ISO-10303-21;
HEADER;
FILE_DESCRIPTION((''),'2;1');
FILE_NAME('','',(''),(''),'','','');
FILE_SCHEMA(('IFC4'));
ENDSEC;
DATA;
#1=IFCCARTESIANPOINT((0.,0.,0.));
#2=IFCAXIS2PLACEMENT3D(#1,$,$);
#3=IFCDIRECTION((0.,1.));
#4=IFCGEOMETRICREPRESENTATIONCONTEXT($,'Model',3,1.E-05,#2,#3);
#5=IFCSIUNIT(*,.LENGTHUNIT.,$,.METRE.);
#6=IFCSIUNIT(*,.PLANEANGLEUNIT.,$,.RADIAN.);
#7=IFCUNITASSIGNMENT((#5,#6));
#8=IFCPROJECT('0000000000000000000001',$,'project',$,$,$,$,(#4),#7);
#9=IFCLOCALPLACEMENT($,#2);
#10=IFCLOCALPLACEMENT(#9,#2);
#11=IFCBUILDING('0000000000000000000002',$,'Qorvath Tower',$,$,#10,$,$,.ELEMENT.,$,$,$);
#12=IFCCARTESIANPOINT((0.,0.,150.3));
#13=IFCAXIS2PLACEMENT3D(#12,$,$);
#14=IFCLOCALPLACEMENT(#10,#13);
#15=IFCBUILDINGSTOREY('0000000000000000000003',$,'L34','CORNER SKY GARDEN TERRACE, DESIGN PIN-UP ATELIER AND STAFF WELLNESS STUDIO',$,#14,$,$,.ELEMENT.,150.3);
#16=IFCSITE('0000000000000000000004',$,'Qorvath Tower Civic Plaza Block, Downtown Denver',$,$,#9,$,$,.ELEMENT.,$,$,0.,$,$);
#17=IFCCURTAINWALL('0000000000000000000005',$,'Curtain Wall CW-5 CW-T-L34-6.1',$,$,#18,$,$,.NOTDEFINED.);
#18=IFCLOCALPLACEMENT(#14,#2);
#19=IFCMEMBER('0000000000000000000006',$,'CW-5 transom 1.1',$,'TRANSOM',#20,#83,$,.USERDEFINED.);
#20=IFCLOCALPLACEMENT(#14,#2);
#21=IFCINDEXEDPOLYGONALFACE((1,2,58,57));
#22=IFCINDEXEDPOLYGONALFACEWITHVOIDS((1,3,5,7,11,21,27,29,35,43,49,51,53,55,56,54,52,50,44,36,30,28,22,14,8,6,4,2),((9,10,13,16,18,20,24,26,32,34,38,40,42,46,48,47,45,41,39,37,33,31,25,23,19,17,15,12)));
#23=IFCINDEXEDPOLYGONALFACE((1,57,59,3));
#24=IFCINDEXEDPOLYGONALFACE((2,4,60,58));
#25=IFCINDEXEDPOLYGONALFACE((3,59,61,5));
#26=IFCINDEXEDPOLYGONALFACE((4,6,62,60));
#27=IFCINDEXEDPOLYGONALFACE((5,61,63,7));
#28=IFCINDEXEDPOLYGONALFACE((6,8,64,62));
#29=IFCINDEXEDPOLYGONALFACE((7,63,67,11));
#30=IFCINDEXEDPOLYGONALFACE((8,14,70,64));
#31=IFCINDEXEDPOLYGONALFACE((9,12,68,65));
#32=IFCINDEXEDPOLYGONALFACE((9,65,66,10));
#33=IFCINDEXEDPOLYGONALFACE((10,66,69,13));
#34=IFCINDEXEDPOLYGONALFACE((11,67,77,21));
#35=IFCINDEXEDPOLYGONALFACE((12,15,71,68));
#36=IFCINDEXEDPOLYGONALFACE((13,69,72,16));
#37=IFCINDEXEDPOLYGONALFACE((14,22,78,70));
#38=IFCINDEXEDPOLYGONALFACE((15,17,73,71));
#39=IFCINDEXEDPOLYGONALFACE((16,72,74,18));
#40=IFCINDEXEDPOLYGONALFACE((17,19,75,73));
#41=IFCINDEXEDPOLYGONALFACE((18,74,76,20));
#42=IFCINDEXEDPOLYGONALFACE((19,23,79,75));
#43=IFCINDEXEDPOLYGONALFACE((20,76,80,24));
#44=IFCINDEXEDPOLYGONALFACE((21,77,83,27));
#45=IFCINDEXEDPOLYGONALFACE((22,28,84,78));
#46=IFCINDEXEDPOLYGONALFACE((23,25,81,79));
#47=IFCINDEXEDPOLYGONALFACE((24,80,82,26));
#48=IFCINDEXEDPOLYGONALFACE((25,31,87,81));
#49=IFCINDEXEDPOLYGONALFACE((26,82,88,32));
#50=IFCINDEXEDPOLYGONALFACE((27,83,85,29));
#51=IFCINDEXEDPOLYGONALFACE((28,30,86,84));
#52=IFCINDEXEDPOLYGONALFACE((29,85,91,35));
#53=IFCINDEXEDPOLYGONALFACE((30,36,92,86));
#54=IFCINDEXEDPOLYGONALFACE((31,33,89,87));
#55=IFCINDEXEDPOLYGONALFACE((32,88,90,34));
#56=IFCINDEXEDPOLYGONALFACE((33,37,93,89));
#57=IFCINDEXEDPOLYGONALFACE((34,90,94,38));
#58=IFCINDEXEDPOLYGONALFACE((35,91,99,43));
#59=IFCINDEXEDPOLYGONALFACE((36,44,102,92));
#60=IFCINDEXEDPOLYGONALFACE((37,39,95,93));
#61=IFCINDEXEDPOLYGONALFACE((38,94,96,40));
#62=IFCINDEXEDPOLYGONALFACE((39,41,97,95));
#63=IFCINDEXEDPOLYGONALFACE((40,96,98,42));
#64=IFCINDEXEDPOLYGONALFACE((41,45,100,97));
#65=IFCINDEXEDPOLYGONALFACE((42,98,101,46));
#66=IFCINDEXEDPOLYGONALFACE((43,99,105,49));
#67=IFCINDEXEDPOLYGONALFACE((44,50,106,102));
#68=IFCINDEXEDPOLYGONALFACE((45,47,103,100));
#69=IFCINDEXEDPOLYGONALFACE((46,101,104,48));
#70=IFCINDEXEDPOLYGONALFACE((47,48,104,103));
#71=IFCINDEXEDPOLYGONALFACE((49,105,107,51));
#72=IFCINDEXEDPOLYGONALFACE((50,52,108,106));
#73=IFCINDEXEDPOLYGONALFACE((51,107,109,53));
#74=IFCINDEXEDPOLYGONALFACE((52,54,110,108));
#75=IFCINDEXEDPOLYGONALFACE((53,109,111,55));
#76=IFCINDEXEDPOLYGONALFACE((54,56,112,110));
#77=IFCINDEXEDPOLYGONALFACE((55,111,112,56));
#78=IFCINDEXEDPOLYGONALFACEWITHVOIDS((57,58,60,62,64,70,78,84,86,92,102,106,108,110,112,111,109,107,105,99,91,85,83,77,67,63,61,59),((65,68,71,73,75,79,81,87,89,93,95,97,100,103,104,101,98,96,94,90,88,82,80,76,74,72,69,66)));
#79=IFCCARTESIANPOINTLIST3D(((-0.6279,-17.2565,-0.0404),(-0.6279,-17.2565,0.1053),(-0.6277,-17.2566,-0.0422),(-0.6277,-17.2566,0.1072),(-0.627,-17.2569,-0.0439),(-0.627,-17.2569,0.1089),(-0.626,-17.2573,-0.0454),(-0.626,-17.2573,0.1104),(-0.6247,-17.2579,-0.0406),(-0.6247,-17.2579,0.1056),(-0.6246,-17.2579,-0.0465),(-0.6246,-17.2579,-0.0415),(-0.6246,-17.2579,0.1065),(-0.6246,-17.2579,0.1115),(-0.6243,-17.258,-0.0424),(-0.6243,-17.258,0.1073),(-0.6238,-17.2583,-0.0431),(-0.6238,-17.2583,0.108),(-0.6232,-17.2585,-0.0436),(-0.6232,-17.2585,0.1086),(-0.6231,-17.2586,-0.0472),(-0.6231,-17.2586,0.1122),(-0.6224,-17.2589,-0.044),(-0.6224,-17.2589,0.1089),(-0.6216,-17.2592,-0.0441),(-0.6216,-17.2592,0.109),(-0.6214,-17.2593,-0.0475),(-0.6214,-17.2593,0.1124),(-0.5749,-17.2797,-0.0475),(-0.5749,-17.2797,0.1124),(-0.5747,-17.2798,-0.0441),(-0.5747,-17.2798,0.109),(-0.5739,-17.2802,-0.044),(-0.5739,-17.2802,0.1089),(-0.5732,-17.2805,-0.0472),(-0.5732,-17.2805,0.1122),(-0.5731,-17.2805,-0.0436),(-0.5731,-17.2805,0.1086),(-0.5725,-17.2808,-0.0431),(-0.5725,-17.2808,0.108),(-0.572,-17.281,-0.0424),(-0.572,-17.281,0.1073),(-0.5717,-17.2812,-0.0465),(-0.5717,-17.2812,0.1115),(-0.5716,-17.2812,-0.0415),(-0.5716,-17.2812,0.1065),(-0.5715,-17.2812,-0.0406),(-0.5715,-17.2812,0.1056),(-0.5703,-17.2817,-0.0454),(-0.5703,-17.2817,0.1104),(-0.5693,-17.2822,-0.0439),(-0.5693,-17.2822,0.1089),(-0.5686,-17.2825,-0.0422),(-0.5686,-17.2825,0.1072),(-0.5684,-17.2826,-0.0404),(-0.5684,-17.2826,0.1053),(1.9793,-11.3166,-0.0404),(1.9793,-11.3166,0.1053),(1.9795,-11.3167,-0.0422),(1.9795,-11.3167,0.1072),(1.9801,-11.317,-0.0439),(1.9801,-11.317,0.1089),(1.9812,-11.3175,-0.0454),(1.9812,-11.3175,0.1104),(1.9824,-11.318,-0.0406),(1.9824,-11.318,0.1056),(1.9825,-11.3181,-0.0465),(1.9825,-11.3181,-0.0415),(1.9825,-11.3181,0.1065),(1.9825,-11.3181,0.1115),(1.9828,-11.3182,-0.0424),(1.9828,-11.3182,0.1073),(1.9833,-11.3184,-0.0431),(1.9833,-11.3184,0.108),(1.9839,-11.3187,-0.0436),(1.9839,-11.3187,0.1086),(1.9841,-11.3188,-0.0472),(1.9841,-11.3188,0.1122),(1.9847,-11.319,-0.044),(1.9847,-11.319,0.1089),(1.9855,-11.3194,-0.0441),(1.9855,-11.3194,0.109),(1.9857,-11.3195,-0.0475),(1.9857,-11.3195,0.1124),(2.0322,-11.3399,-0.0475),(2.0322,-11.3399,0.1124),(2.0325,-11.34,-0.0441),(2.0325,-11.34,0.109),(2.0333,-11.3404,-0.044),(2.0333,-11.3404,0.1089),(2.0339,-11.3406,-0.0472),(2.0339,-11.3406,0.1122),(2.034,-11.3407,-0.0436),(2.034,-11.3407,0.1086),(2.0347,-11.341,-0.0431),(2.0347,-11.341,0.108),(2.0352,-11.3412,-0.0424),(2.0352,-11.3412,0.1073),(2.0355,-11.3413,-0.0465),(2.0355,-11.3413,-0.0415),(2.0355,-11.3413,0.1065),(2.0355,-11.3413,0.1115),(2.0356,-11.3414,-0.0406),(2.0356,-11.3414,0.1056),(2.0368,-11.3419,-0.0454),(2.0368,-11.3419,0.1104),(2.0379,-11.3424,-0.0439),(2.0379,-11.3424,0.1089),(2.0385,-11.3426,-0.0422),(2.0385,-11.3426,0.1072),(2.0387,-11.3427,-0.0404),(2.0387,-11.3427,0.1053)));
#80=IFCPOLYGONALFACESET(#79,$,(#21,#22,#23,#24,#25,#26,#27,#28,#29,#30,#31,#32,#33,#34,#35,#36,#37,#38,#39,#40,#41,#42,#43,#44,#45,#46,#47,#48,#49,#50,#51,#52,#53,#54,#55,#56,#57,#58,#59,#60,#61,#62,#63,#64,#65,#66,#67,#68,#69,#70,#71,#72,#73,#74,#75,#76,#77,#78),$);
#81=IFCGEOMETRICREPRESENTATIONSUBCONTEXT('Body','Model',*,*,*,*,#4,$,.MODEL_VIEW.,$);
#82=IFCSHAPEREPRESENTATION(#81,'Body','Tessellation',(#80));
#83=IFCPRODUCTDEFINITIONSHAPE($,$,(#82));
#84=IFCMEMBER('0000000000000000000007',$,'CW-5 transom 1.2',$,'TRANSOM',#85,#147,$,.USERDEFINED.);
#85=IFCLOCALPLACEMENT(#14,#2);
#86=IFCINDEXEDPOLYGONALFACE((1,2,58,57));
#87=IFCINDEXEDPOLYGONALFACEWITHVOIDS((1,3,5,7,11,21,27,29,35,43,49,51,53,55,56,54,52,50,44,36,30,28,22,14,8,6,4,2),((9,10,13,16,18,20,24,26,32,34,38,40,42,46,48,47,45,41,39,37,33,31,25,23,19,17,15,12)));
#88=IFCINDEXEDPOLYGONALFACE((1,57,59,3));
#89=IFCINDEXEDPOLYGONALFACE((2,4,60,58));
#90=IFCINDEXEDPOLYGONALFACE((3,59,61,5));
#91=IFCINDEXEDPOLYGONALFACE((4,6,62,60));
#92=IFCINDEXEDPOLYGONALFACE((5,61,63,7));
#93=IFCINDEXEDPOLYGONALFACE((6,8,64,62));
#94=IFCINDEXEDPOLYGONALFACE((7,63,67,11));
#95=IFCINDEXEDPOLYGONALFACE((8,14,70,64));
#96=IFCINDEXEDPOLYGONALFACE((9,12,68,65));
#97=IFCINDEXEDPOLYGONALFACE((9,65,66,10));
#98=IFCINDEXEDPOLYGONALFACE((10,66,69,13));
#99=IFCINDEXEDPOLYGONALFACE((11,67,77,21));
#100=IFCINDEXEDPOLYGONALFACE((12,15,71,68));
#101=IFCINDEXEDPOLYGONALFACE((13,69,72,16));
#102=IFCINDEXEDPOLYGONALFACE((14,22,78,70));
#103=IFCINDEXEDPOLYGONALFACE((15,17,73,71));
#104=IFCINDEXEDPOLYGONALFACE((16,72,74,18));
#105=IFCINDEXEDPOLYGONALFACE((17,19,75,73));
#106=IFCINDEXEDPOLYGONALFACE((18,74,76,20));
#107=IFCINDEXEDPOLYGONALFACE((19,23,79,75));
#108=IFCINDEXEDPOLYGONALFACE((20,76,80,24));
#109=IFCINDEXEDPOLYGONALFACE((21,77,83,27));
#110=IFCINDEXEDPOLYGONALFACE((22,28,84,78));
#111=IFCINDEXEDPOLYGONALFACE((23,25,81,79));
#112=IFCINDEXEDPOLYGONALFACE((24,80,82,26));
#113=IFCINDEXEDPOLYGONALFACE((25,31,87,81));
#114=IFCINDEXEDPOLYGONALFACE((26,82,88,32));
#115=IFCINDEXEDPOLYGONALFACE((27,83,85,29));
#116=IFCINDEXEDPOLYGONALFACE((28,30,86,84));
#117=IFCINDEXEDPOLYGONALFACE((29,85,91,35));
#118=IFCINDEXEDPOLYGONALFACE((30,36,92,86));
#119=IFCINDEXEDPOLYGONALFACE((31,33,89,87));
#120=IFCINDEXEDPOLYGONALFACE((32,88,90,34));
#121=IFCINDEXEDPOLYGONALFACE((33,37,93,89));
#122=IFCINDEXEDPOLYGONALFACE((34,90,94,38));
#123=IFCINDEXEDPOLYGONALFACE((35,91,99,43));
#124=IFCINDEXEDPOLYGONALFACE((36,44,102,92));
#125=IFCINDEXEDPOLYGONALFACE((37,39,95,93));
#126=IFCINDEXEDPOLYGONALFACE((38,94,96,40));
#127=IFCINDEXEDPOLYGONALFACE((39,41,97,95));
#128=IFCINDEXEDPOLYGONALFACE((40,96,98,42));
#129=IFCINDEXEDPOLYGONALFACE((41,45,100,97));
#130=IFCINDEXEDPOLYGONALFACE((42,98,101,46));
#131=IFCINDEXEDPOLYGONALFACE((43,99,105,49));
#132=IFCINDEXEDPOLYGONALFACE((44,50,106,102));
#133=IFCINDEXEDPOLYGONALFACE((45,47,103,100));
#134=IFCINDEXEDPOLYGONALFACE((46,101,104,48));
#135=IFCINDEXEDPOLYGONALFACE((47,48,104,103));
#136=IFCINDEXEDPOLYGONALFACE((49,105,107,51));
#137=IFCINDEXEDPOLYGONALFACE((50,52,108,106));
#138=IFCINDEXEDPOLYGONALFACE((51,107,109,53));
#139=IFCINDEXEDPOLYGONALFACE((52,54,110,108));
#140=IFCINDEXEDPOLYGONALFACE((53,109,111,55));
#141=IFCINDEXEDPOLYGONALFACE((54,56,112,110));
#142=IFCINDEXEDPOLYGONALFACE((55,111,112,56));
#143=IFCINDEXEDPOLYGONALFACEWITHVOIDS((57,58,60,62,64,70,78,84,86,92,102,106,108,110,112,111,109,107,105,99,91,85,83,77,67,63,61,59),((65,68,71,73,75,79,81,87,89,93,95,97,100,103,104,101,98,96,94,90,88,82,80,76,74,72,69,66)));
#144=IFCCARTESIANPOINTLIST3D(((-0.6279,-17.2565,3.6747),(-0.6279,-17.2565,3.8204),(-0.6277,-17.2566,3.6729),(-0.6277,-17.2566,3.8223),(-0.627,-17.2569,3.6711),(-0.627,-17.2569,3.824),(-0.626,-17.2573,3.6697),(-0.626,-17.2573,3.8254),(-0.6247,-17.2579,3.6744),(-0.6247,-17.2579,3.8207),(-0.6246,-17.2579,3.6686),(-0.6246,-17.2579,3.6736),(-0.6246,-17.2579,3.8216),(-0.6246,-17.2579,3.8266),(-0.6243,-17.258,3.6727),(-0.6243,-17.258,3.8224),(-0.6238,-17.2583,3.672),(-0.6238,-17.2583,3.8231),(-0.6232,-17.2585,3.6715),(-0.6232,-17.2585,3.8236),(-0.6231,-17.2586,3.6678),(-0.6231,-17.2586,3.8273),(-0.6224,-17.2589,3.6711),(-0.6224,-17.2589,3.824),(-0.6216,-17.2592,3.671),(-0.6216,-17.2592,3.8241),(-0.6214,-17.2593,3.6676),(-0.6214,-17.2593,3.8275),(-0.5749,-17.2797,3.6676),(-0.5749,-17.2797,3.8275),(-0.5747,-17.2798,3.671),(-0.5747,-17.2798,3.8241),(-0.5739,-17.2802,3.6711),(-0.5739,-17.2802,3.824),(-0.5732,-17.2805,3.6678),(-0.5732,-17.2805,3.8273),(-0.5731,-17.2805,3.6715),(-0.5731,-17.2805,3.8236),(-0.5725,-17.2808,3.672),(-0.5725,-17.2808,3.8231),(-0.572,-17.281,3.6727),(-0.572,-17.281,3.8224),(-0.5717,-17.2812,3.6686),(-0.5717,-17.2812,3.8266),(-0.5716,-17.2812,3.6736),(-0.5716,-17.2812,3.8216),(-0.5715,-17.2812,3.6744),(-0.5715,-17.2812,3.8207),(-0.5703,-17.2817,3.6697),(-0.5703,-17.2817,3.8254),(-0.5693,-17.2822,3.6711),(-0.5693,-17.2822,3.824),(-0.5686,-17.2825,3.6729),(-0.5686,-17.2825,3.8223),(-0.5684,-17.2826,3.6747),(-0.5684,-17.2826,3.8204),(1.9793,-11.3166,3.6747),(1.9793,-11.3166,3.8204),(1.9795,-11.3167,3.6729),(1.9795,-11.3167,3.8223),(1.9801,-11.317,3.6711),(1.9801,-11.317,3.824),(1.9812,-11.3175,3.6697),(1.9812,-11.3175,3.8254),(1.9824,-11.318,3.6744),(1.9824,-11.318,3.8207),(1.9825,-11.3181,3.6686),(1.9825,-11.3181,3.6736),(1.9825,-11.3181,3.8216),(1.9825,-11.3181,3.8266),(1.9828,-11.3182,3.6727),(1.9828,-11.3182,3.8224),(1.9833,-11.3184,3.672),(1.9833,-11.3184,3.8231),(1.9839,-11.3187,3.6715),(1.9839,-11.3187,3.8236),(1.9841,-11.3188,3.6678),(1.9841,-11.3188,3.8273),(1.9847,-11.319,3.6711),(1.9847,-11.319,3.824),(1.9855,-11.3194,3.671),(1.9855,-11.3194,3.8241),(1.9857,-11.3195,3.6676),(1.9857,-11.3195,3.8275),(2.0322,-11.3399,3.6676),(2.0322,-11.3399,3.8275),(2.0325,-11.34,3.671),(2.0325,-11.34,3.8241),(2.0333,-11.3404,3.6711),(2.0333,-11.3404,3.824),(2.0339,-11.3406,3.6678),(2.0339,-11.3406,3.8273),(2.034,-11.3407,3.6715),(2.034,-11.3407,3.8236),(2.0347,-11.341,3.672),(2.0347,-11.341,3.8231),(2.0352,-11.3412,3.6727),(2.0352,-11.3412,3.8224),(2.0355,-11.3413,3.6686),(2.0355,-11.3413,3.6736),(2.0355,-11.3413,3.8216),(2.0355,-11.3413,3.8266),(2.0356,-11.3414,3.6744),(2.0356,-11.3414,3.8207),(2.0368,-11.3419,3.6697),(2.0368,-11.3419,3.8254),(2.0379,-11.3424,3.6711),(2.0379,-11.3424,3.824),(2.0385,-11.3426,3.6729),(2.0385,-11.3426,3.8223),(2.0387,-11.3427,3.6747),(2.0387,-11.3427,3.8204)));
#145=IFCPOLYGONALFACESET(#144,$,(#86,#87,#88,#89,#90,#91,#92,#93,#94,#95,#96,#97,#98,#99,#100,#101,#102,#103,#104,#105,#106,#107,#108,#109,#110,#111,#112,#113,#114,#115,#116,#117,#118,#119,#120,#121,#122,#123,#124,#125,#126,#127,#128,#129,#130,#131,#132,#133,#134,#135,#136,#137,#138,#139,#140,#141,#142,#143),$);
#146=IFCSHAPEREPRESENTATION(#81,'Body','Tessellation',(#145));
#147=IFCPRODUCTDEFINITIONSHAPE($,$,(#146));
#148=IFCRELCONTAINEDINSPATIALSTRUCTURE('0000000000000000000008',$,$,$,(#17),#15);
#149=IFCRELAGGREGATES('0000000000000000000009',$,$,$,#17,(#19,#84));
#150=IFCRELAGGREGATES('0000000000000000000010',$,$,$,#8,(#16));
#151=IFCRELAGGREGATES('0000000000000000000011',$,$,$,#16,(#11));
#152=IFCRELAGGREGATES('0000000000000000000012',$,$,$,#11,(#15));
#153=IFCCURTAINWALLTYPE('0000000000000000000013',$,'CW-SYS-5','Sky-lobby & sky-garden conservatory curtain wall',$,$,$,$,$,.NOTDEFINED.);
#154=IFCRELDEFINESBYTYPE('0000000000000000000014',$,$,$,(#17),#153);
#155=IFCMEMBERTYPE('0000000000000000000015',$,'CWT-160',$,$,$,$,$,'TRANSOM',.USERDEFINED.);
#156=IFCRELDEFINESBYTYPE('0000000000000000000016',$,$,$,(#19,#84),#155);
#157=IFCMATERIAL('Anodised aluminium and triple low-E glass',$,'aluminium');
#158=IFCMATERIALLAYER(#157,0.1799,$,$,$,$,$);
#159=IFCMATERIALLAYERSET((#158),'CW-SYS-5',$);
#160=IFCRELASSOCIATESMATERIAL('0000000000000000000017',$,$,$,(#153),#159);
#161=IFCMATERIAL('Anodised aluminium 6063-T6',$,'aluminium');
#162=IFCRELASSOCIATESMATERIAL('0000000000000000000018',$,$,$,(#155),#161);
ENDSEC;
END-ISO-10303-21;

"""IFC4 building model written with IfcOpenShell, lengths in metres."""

from ifc_helpers import new_model, si_unit, direction, frame, origin, origin_2d, place, context, subcontext, project, spatial, hollow_rectangle, extrude, material, layer, layer_set, material_profile, profile_set, type_object, element, aggregate, save


model = new_model("IFC4")

# Units and contexts
model_context = context("Model", 3, precision=1e-05, world=origin(), true_north=direction((0.0, 1.0)))
body_context = subcontext(model_context, "Body", "Model", "MODEL_VIEW")
ifc_project = project(units=[si_unit("LENGTHUNIT", "METRE"), si_unit("PLANEANGLEUNIT", "RADIAN")], contexts=[model_context])

# Site, building, storey
site_placement = place(None, origin())
site = spatial("IfcSite", under=ifc_project, at=site_placement, Name="Qorvath Tower Civic Plaza Block, Downtown Denver", CompositionType="ELEMENT", RefElevation=0.0)
building_placement = place(site_placement, origin())
building = spatial("IfcBuilding", under=site, at=building_placement, Name="Qorvath Tower", CompositionType="ELEMENT")
storey_placement = place(building_placement, frame((0.0, 0.0, 150.3)))
storey = spatial("IfcBuildingStorey", under=building, at=storey_placement, Name="L34", Description="CORNER SKY GARDEN TERRACE, DESIGN PIN-UP ATELIER AND STAFF WELLNESS STUDIO", CompositionType="ELEMENT", Elevation=150.3)

# Shared definitions
ifc_material_1 = material(Name="Anodised aluminium and triple low-E glass", Category="aluminium")
ifc_layer_1 = layer(ifc_material_1, 0.1799)
ifc_layer_set_1 = layer_set([ifc_layer_1], Name="CW-SYS-5")
curtain_wall_type = type_object("IfcCurtainWallType", Name="CW-SYS-5", Description="Sky-lobby & sky-garden conservatory curtain wall", PredefinedType="NOTDEFINED", material=ifc_layer_set_1)

# Curtain wall
curtain_wall_1_placement = place(storey_placement, origin())
curtain_wall_1 = element("IfcCurtainWall", 1, at=curtain_wall_1_placement, inside=storey, type_object=curtain_wall_type, Name="Curtain Wall CW-5 CW-T-L34-6.1", PredefinedType="NOTDEFINED")

# Members
ifc_material_2 = material(Name="Anodised aluminium 6063-T6", Category="aluminium")
ifc_material_profile_1 = material_profile(ifc_material_2, hollow_rectangle(XDim=0.0649, YDim=0.1599, WallThickness=0.0034, InnerFilletRadius=0.0034, OuterFilletRadius=0.0071, at=origin_2d()), Name="CWT 160x65")
ifc_profile_set_1 = profile_set([ifc_material_profile_1], Name="Anodised aluminium 6063-T6")
member_type_1 = type_object("IfcMemberType", Name="CWT-160", ElementType="TRANSOM", PredefinedType="USERDEFINED", material=ifc_profile_set_1)
member_1_placement = place(storey_placement, frame((-0.5981, -17.2695, 0.0325), z_axis=(0.401912, 0.915678, 0.0), x_axis=(-0.915678, 0.401912, 0.0)))
member_1 = element("IfcMember", 2, at=member_1_placement, type_object=member_type_1, Name="CW-5 transom 1.1", ObjectType="TRANSOM", PredefinedType="USERDEFINED", context=body_context, shape_type="SweptSolid", body=[
    extrude(hollow_rectangle(XDim=0.0649, YDim=0.1599, WallThickness=0.0034, InnerFilletRadius=0.0034, OuterFilletRadius=0.0071, at=origin_2d()), origin(), (0.0, 0.0, 1.0), 6.4868),
])
member_2_placement = place(storey_placement, frame((-0.5981, -17.2695, 3.7476), z_axis=(0.401912, 0.915678, 0.0), x_axis=(-0.915678, 0.401912, 0.0)))
member_2 = element("IfcMember", 3, at=member_2_placement, type_object=member_type_1, Name="CW-5 transom 1.2", ObjectType="TRANSOM", PredefinedType="USERDEFINED", context=body_context, shape_type="SweptSolid", body=[
    extrude(hollow_rectangle(XDim=0.0649, YDim=0.1599, WallThickness=0.0034, InnerFilletRadius=0.0034, OuterFilletRadius=0.0071, at=origin_2d()), origin(), (0.0, 0.0, 1.0), 6.4868),
])

aggregate(curtain_wall_1, [member_1, member_2])

save(model, "model.ifc")
